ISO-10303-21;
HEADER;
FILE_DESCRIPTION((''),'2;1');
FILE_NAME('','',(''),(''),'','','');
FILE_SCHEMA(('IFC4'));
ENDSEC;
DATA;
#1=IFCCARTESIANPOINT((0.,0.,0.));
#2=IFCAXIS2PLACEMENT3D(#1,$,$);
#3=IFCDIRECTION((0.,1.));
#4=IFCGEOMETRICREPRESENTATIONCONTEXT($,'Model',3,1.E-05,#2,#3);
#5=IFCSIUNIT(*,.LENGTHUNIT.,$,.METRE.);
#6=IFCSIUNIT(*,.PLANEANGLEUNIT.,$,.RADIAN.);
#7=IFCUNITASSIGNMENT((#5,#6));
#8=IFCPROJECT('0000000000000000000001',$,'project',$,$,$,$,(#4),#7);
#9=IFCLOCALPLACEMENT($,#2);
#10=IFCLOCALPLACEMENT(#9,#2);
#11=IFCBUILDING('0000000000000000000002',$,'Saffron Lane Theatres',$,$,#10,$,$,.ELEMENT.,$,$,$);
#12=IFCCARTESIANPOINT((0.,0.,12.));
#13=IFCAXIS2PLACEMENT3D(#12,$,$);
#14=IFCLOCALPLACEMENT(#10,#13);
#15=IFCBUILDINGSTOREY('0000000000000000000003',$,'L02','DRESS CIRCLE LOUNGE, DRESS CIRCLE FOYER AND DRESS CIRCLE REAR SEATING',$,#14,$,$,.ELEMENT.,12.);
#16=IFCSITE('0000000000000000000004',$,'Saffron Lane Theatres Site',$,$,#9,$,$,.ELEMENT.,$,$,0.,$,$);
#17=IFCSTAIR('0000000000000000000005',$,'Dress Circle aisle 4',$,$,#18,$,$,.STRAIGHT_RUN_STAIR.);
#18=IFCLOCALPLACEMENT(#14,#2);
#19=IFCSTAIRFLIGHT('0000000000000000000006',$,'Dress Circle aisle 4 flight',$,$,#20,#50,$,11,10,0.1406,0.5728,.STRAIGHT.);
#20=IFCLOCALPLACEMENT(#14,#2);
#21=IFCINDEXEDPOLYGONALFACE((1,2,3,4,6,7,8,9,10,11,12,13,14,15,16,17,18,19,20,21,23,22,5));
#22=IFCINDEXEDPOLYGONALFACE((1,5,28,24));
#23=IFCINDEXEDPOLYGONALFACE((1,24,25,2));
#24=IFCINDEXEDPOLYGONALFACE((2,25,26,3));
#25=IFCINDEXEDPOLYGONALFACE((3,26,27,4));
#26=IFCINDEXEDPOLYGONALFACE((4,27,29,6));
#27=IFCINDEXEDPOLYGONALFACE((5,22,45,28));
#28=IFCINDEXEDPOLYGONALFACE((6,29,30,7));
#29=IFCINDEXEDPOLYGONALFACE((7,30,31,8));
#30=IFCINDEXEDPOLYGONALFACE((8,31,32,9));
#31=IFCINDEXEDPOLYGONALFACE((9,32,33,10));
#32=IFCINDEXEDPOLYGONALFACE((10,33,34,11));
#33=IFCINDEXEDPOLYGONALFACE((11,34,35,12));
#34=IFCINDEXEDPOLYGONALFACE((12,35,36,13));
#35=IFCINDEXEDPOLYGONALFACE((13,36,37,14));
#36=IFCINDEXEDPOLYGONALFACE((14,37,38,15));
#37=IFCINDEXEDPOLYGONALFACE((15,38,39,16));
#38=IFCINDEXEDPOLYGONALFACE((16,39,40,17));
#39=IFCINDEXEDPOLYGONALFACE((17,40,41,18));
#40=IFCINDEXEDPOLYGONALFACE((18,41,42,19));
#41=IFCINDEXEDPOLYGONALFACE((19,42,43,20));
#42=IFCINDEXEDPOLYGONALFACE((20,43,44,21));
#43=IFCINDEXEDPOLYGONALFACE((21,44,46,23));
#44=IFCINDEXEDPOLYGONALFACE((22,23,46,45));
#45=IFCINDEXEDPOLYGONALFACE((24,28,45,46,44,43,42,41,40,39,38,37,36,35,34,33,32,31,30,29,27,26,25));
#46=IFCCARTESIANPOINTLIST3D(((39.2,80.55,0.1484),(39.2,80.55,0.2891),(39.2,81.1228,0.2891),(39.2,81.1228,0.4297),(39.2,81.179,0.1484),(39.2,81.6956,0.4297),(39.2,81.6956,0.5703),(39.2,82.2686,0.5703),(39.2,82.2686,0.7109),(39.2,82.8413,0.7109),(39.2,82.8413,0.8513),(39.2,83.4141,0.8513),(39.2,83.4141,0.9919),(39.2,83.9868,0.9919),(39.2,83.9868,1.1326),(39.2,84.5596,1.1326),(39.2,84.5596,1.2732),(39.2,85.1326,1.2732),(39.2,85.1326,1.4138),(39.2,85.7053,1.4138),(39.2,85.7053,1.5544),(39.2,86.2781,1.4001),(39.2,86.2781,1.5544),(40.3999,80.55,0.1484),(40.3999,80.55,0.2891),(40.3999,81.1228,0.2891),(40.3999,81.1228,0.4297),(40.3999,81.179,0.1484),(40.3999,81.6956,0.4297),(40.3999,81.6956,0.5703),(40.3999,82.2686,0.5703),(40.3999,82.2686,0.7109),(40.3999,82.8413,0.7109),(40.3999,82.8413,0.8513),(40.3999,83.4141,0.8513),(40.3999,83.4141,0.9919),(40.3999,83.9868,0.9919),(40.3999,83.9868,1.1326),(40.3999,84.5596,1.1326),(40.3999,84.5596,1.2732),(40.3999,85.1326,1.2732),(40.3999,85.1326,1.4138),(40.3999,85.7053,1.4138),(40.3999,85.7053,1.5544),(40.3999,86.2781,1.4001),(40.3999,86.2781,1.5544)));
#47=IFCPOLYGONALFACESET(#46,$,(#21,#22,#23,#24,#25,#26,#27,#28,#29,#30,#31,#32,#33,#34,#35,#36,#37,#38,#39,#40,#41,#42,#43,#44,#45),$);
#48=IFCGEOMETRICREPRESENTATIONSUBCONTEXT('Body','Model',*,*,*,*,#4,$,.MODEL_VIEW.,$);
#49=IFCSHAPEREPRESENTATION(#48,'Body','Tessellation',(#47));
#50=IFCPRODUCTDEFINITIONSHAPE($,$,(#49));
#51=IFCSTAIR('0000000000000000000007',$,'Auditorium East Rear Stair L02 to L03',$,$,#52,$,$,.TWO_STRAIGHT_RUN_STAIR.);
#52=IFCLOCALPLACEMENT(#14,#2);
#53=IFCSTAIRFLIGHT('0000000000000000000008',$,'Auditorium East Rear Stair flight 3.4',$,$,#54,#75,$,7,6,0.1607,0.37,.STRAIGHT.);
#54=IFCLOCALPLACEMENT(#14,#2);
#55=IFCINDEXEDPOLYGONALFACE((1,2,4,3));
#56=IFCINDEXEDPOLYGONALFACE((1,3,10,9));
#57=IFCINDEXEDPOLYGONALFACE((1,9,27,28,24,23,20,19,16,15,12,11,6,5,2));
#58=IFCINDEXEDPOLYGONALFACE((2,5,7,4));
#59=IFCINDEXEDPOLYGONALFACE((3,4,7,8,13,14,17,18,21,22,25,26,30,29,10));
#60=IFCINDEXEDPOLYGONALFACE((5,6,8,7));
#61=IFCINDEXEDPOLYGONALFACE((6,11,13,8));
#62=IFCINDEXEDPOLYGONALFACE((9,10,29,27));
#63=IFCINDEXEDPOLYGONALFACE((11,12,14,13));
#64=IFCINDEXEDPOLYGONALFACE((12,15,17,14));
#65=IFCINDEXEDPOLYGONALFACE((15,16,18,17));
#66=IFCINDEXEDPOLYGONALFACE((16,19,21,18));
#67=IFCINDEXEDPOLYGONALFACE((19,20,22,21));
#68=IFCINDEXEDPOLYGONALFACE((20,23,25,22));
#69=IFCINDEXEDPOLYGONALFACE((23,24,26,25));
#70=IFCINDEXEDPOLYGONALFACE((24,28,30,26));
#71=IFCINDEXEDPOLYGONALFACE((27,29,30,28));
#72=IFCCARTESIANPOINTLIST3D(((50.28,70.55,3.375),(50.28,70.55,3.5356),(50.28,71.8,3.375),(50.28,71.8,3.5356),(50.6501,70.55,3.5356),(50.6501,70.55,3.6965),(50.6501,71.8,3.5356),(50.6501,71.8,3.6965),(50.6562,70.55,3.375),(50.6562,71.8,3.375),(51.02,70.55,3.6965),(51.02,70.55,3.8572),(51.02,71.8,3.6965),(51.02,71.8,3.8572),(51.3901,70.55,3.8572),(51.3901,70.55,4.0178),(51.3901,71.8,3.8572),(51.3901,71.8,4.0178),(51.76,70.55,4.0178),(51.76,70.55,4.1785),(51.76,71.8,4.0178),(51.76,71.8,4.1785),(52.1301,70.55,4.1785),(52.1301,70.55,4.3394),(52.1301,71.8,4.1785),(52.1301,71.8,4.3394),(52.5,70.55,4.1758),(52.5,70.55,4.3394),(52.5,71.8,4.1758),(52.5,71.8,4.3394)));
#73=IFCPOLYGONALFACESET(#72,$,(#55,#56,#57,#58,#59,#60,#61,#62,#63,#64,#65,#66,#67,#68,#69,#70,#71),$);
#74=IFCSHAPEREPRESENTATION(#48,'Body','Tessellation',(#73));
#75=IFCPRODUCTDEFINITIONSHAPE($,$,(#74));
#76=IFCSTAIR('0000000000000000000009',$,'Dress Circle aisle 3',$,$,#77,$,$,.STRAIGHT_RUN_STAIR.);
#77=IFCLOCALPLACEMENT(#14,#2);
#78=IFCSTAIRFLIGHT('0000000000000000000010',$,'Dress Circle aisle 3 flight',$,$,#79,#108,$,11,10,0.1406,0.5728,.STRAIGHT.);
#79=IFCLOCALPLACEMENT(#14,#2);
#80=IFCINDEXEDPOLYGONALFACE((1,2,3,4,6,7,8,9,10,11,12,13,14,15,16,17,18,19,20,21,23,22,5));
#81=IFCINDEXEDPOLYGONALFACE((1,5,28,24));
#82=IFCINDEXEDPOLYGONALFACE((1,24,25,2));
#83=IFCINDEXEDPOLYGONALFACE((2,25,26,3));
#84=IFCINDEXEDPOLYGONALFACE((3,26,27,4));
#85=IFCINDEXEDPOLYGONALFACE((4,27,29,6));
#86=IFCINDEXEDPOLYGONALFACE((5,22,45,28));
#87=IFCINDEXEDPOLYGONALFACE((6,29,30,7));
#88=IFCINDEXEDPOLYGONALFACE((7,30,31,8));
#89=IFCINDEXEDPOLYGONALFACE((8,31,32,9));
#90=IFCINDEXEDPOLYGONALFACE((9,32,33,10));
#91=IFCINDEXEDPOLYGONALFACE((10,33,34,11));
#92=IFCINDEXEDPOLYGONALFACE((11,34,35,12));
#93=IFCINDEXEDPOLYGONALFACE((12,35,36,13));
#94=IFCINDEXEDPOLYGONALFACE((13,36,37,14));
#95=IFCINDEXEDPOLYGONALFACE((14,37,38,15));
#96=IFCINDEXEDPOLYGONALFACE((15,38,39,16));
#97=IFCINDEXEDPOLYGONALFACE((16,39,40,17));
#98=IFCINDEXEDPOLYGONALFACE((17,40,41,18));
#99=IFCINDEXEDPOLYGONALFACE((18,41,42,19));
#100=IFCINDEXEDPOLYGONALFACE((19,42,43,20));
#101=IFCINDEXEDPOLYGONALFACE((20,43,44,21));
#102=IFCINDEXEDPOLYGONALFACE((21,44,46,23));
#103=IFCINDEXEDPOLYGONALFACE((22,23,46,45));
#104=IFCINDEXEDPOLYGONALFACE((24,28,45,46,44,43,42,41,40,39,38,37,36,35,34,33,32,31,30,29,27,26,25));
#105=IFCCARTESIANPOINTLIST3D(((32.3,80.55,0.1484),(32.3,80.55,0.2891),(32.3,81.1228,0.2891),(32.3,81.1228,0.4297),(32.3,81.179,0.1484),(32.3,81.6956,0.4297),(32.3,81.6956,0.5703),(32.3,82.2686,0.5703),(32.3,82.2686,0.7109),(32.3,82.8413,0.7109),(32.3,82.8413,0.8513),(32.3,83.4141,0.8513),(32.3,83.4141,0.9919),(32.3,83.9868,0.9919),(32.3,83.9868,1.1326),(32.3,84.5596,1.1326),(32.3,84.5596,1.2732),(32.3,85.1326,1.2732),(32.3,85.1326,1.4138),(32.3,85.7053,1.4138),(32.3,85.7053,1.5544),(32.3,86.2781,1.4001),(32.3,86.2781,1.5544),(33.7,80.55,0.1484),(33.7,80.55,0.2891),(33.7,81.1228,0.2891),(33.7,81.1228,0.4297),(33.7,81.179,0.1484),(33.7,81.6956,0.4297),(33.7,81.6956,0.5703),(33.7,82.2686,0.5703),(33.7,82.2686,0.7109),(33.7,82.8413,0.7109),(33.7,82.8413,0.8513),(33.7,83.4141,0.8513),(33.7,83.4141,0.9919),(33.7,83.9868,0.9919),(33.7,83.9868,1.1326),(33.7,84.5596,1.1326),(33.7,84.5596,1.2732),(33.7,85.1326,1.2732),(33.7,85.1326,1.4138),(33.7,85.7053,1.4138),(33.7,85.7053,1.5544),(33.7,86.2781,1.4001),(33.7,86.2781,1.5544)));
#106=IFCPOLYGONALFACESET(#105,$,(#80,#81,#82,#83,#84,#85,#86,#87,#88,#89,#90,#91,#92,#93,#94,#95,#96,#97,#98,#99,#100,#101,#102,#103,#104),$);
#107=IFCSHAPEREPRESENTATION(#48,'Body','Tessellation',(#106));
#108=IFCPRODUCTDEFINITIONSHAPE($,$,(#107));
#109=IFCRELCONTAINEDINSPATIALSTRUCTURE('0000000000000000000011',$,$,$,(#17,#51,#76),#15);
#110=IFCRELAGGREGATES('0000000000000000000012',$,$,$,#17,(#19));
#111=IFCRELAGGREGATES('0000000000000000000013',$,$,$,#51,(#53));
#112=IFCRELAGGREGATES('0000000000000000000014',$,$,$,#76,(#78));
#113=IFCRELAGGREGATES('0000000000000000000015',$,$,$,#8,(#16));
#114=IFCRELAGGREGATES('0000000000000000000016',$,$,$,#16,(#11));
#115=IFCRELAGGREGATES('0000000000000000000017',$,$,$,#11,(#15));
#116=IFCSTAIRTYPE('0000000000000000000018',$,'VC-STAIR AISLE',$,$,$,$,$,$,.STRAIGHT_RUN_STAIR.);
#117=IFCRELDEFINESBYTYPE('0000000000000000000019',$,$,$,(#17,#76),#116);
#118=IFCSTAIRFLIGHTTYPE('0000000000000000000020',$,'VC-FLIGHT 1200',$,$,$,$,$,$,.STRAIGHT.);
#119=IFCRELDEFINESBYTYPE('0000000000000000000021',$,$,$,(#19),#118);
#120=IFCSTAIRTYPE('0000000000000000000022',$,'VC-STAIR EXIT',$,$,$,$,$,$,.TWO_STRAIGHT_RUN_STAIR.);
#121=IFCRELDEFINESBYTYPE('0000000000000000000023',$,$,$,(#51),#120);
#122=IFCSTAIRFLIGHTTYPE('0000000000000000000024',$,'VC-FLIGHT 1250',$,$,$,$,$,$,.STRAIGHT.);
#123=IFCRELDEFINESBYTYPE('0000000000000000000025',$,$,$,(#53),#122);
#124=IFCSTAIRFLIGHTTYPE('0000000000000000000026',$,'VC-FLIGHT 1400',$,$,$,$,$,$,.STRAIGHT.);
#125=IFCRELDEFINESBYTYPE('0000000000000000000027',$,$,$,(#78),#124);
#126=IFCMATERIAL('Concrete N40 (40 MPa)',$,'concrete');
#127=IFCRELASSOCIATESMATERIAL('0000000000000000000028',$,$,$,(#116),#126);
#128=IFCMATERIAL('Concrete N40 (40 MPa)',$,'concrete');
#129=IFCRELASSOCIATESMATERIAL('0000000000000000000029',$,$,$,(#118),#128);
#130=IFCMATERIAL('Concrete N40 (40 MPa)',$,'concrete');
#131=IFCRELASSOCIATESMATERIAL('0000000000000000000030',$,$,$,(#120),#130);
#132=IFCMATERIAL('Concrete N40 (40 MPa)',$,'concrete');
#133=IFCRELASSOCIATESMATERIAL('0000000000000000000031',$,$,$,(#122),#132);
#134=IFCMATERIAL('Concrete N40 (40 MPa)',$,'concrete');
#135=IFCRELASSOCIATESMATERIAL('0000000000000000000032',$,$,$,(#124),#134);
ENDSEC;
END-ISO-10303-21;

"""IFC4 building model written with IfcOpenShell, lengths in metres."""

from ifc_helpers import new_model, si_unit, direction, frame, origin, place, context, subcontext, project, spatial, polyline, outline, extrude, material, type_object, element, aggregate, save


model = new_model("IFC4")

# Units and contexts
model_context = context("Model", 3, precision=1e-05, world=origin(), true_north=direction((0.0, 1.0)))
body_context = subcontext(model_context, "Body", "Model", "MODEL_VIEW")
ifc_project = project(units=[si_unit("LENGTHUNIT", "METRE"), si_unit("PLANEANGLEUNIT", "RADIAN")], contexts=[model_context])

# Site, building, storey
site_placement = place(None, origin())
site = spatial("IfcSite", under=ifc_project, at=site_placement, Name="Saffron Lane Theatres Site", CompositionType="ELEMENT", RefElevation=0.0)
building_placement = place(site_placement, origin())
building = spatial("IfcBuilding", under=site, at=building_placement, Name="Saffron Lane Theatres", CompositionType="ELEMENT")
storey_placement = place(building_placement, frame((0.0, 0.0, 12.0)))
storey = spatial("IfcBuildingStorey", under=building, at=storey_placement, Name="L02", Description="DRESS CIRCLE LOUNGE, DRESS CIRCLE FOYER AND DRESS CIRCLE REAR SEATING", CompositionType="ELEMENT", Elevation=12.0)

# Stairs, stair flights
ifc_material_1 = material(Name="Concrete N40 (40 MPa)", Category="concrete")
stair_type_1 = type_object("IfcStairType", Name="VC-STAIR AISLE", PredefinedType="STRAIGHT_RUN_STAIR", material=ifc_material_1)
stair_1_placement = place(storey_placement, origin())
stair_1 = element("IfcStair", 1, at=stair_1_placement, inside=storey, type_object=stair_type_1, Name="Dress Circle aisle 4", PredefinedType="STRAIGHT_RUN_STAIR")
ifc_material_2 = material(Name="Concrete N40 (40 MPa)", Category="concrete")
stair_flight_type_1 = type_object("IfcStairFlightType", Name="VC-FLIGHT 1200", PredefinedType="STRAIGHT", material=ifc_material_2)
stair_flight_1_placement = place(storey_placement, frame((39.8, 80.55, 0.1484), z_axis=(0.0, 0.0, 1.0), x_axis=(0.0, 1.0, 0.0)))
stair_flight_1 = element("IfcStairFlight", 2, at=stair_flight_1_placement, type_object=stair_flight_type_1, Name="Dress Circle aisle 4 flight", NumberOfRisers=11, NumberOfTreads=10, PredefinedType="STRAIGHT", RiserHeight=0.1406, TreadLength=0.5728, context=body_context, shape_type="SweptSolid", body=[
    extrude(outline(polyline([(0.0, 0.0), (0.0, 0.1406), (0.5728, 0.1406), (0.5728, 0.2812), (1.1455, 0.2812), (1.1455, 0.4219), (1.7185, 0.4219), (1.7185, 0.5625), (2.2913, 0.5625), (2.2913, 0.7029), (2.864, 0.7029), (2.864, 0.8435), (3.4368, 0.8435), (3.4368, 0.9841), (4.0095, 0.9841), (4.0095, 1.1248), (4.5825, 1.1248), (4.5825, 1.2654), (5.1553, 1.2654), (5.1553, 1.406), (5.728, 1.406), (5.728, 1.5466), (5.728, 1.2517), (0.6289, 0.0), (0.0, 0.0)])), frame((0.0, 0.6001, 0.0), z_axis=(0.0, -1.0, 0.0), x_axis=(1.0, 0.0, 0.0)), (0.0, 0.0, 1.0), 1.2),
])
aggregate(stair_1, [stair_flight_1])
ifc_material_3 = material(Name="Concrete N40 (40 MPa)", Category="concrete")
stair_type_2 = type_object("IfcStairType", Name="VC-STAIR EXIT", PredefinedType="TWO_STRAIGHT_RUN_STAIR", material=ifc_material_3)
stair_2_placement = place(storey_placement, origin())
stair_2 = element("IfcStair", 3, at=stair_2_placement, inside=storey, type_object=stair_type_2, Name="Auditorium East Rear Stair L02 to L03", PredefinedType="TWO_STRAIGHT_RUN_STAIR")
ifc_material_4 = material(Name="Concrete N40 (40 MPa)", Category="concrete")
stair_flight_type_2 = type_object("IfcStairFlightType", Name="VC-FLIGHT 1250", PredefinedType="STRAIGHT", material=ifc_material_4)
stair_flight_2_placement = place(storey_placement, frame((50.28, 71.175, 3.375), z_axis=(0.0, 0.0, 1.0), x_axis=(1.0, 0.0, 0.0)))
stair_flight_2 = element("IfcStairFlight", 4, at=stair_flight_2_placement, type_object=stair_flight_type_2, Name="Auditorium East Rear Stair flight 3.4", NumberOfRisers=7, NumberOfTreads=6, PredefinedType="STRAIGHT", RiserHeight=0.1607, TreadLength=0.37, context=body_context, shape_type="SweptSolid", body=[
    extrude(outline(polyline([(0.0, 0.0), (0.0, 0.1606), (0.3701, 0.1606), (0.3701, 0.3215), (0.74, 0.3215), (0.74, 0.4822), (1.1101, 0.4822), (1.1101, 0.6428), (1.48, 0.6428), (1.48, 0.8035), (1.8501, 0.8035), (1.8501, 0.9644), (2.22, 0.9644), (2.22, 1.125), (2.22, 0.8008), (0.3762, 0.0), (0.0, 0.0)])), frame((0.0, 0.625, 0.0), z_axis=(0.0, -1.0, 0.0), x_axis=(1.0, 0.0, 0.0)), (0.0, 0.0, 1.0), 1.25),
])
aggregate(stair_2, [stair_flight_2])
stair_3_placement = place(storey_placement, origin())
stair_3 = element("IfcStair", 5, at=stair_3_placement, inside=storey, type_object=stair_type_1, Name="Dress Circle aisle 3", PredefinedType="STRAIGHT_RUN_STAIR")
ifc_material_5 = material(Name="Concrete N40 (40 MPa)", Category="concrete")
stair_flight_type_3 = type_object("IfcStairFlightType", Name="VC-FLIGHT 1400", PredefinedType="STRAIGHT", material=ifc_material_5)
stair_flight_3_placement = place(storey_placement, frame((33.0, 80.55, 0.1484), z_axis=(0.0, 0.0, 1.0), x_axis=(0.0, 1.0, 0.0)))
stair_flight_3 = element("IfcStairFlight", 6, at=stair_flight_3_placement, type_object=stair_flight_type_3, Name="Dress Circle aisle 3 flight", NumberOfRisers=11, NumberOfTreads=10, PredefinedType="STRAIGHT", RiserHeight=0.1406, TreadLength=0.5728, context=body_context, shape_type="SweptSolid", body=[
    extrude(outline(polyline([(0.0, 0.0), (0.0, 0.1406), (0.5728, 0.1406), (0.5728, 0.2812), (1.1455, 0.2812), (1.1455, 0.4219), (1.7185, 0.4219), (1.7185, 0.5625), (2.2913, 0.5625), (2.2913, 0.7029), (2.864, 0.7029), (2.864, 0.8435), (3.4368, 0.8435), (3.4368, 0.9841), (4.0095, 0.9841), (4.0095, 1.1248), (4.5825, 1.1248), (4.5825, 1.2654), (5.1553, 1.2654), (5.1553, 1.406), (5.728, 1.406), (5.728, 1.5466), (5.728, 1.2517), (0.6289, 0.0), (0.0, 0.0)])), frame((0.0, 0.7, 0.0), z_axis=(0.0, -1.0, 0.0), x_axis=(1.0, 0.0, 0.0)), (0.0, 0.0, 1.0), 1.3999),
])
aggregate(stair_3, [stair_flight_3])

save(model, "model.ifc")
